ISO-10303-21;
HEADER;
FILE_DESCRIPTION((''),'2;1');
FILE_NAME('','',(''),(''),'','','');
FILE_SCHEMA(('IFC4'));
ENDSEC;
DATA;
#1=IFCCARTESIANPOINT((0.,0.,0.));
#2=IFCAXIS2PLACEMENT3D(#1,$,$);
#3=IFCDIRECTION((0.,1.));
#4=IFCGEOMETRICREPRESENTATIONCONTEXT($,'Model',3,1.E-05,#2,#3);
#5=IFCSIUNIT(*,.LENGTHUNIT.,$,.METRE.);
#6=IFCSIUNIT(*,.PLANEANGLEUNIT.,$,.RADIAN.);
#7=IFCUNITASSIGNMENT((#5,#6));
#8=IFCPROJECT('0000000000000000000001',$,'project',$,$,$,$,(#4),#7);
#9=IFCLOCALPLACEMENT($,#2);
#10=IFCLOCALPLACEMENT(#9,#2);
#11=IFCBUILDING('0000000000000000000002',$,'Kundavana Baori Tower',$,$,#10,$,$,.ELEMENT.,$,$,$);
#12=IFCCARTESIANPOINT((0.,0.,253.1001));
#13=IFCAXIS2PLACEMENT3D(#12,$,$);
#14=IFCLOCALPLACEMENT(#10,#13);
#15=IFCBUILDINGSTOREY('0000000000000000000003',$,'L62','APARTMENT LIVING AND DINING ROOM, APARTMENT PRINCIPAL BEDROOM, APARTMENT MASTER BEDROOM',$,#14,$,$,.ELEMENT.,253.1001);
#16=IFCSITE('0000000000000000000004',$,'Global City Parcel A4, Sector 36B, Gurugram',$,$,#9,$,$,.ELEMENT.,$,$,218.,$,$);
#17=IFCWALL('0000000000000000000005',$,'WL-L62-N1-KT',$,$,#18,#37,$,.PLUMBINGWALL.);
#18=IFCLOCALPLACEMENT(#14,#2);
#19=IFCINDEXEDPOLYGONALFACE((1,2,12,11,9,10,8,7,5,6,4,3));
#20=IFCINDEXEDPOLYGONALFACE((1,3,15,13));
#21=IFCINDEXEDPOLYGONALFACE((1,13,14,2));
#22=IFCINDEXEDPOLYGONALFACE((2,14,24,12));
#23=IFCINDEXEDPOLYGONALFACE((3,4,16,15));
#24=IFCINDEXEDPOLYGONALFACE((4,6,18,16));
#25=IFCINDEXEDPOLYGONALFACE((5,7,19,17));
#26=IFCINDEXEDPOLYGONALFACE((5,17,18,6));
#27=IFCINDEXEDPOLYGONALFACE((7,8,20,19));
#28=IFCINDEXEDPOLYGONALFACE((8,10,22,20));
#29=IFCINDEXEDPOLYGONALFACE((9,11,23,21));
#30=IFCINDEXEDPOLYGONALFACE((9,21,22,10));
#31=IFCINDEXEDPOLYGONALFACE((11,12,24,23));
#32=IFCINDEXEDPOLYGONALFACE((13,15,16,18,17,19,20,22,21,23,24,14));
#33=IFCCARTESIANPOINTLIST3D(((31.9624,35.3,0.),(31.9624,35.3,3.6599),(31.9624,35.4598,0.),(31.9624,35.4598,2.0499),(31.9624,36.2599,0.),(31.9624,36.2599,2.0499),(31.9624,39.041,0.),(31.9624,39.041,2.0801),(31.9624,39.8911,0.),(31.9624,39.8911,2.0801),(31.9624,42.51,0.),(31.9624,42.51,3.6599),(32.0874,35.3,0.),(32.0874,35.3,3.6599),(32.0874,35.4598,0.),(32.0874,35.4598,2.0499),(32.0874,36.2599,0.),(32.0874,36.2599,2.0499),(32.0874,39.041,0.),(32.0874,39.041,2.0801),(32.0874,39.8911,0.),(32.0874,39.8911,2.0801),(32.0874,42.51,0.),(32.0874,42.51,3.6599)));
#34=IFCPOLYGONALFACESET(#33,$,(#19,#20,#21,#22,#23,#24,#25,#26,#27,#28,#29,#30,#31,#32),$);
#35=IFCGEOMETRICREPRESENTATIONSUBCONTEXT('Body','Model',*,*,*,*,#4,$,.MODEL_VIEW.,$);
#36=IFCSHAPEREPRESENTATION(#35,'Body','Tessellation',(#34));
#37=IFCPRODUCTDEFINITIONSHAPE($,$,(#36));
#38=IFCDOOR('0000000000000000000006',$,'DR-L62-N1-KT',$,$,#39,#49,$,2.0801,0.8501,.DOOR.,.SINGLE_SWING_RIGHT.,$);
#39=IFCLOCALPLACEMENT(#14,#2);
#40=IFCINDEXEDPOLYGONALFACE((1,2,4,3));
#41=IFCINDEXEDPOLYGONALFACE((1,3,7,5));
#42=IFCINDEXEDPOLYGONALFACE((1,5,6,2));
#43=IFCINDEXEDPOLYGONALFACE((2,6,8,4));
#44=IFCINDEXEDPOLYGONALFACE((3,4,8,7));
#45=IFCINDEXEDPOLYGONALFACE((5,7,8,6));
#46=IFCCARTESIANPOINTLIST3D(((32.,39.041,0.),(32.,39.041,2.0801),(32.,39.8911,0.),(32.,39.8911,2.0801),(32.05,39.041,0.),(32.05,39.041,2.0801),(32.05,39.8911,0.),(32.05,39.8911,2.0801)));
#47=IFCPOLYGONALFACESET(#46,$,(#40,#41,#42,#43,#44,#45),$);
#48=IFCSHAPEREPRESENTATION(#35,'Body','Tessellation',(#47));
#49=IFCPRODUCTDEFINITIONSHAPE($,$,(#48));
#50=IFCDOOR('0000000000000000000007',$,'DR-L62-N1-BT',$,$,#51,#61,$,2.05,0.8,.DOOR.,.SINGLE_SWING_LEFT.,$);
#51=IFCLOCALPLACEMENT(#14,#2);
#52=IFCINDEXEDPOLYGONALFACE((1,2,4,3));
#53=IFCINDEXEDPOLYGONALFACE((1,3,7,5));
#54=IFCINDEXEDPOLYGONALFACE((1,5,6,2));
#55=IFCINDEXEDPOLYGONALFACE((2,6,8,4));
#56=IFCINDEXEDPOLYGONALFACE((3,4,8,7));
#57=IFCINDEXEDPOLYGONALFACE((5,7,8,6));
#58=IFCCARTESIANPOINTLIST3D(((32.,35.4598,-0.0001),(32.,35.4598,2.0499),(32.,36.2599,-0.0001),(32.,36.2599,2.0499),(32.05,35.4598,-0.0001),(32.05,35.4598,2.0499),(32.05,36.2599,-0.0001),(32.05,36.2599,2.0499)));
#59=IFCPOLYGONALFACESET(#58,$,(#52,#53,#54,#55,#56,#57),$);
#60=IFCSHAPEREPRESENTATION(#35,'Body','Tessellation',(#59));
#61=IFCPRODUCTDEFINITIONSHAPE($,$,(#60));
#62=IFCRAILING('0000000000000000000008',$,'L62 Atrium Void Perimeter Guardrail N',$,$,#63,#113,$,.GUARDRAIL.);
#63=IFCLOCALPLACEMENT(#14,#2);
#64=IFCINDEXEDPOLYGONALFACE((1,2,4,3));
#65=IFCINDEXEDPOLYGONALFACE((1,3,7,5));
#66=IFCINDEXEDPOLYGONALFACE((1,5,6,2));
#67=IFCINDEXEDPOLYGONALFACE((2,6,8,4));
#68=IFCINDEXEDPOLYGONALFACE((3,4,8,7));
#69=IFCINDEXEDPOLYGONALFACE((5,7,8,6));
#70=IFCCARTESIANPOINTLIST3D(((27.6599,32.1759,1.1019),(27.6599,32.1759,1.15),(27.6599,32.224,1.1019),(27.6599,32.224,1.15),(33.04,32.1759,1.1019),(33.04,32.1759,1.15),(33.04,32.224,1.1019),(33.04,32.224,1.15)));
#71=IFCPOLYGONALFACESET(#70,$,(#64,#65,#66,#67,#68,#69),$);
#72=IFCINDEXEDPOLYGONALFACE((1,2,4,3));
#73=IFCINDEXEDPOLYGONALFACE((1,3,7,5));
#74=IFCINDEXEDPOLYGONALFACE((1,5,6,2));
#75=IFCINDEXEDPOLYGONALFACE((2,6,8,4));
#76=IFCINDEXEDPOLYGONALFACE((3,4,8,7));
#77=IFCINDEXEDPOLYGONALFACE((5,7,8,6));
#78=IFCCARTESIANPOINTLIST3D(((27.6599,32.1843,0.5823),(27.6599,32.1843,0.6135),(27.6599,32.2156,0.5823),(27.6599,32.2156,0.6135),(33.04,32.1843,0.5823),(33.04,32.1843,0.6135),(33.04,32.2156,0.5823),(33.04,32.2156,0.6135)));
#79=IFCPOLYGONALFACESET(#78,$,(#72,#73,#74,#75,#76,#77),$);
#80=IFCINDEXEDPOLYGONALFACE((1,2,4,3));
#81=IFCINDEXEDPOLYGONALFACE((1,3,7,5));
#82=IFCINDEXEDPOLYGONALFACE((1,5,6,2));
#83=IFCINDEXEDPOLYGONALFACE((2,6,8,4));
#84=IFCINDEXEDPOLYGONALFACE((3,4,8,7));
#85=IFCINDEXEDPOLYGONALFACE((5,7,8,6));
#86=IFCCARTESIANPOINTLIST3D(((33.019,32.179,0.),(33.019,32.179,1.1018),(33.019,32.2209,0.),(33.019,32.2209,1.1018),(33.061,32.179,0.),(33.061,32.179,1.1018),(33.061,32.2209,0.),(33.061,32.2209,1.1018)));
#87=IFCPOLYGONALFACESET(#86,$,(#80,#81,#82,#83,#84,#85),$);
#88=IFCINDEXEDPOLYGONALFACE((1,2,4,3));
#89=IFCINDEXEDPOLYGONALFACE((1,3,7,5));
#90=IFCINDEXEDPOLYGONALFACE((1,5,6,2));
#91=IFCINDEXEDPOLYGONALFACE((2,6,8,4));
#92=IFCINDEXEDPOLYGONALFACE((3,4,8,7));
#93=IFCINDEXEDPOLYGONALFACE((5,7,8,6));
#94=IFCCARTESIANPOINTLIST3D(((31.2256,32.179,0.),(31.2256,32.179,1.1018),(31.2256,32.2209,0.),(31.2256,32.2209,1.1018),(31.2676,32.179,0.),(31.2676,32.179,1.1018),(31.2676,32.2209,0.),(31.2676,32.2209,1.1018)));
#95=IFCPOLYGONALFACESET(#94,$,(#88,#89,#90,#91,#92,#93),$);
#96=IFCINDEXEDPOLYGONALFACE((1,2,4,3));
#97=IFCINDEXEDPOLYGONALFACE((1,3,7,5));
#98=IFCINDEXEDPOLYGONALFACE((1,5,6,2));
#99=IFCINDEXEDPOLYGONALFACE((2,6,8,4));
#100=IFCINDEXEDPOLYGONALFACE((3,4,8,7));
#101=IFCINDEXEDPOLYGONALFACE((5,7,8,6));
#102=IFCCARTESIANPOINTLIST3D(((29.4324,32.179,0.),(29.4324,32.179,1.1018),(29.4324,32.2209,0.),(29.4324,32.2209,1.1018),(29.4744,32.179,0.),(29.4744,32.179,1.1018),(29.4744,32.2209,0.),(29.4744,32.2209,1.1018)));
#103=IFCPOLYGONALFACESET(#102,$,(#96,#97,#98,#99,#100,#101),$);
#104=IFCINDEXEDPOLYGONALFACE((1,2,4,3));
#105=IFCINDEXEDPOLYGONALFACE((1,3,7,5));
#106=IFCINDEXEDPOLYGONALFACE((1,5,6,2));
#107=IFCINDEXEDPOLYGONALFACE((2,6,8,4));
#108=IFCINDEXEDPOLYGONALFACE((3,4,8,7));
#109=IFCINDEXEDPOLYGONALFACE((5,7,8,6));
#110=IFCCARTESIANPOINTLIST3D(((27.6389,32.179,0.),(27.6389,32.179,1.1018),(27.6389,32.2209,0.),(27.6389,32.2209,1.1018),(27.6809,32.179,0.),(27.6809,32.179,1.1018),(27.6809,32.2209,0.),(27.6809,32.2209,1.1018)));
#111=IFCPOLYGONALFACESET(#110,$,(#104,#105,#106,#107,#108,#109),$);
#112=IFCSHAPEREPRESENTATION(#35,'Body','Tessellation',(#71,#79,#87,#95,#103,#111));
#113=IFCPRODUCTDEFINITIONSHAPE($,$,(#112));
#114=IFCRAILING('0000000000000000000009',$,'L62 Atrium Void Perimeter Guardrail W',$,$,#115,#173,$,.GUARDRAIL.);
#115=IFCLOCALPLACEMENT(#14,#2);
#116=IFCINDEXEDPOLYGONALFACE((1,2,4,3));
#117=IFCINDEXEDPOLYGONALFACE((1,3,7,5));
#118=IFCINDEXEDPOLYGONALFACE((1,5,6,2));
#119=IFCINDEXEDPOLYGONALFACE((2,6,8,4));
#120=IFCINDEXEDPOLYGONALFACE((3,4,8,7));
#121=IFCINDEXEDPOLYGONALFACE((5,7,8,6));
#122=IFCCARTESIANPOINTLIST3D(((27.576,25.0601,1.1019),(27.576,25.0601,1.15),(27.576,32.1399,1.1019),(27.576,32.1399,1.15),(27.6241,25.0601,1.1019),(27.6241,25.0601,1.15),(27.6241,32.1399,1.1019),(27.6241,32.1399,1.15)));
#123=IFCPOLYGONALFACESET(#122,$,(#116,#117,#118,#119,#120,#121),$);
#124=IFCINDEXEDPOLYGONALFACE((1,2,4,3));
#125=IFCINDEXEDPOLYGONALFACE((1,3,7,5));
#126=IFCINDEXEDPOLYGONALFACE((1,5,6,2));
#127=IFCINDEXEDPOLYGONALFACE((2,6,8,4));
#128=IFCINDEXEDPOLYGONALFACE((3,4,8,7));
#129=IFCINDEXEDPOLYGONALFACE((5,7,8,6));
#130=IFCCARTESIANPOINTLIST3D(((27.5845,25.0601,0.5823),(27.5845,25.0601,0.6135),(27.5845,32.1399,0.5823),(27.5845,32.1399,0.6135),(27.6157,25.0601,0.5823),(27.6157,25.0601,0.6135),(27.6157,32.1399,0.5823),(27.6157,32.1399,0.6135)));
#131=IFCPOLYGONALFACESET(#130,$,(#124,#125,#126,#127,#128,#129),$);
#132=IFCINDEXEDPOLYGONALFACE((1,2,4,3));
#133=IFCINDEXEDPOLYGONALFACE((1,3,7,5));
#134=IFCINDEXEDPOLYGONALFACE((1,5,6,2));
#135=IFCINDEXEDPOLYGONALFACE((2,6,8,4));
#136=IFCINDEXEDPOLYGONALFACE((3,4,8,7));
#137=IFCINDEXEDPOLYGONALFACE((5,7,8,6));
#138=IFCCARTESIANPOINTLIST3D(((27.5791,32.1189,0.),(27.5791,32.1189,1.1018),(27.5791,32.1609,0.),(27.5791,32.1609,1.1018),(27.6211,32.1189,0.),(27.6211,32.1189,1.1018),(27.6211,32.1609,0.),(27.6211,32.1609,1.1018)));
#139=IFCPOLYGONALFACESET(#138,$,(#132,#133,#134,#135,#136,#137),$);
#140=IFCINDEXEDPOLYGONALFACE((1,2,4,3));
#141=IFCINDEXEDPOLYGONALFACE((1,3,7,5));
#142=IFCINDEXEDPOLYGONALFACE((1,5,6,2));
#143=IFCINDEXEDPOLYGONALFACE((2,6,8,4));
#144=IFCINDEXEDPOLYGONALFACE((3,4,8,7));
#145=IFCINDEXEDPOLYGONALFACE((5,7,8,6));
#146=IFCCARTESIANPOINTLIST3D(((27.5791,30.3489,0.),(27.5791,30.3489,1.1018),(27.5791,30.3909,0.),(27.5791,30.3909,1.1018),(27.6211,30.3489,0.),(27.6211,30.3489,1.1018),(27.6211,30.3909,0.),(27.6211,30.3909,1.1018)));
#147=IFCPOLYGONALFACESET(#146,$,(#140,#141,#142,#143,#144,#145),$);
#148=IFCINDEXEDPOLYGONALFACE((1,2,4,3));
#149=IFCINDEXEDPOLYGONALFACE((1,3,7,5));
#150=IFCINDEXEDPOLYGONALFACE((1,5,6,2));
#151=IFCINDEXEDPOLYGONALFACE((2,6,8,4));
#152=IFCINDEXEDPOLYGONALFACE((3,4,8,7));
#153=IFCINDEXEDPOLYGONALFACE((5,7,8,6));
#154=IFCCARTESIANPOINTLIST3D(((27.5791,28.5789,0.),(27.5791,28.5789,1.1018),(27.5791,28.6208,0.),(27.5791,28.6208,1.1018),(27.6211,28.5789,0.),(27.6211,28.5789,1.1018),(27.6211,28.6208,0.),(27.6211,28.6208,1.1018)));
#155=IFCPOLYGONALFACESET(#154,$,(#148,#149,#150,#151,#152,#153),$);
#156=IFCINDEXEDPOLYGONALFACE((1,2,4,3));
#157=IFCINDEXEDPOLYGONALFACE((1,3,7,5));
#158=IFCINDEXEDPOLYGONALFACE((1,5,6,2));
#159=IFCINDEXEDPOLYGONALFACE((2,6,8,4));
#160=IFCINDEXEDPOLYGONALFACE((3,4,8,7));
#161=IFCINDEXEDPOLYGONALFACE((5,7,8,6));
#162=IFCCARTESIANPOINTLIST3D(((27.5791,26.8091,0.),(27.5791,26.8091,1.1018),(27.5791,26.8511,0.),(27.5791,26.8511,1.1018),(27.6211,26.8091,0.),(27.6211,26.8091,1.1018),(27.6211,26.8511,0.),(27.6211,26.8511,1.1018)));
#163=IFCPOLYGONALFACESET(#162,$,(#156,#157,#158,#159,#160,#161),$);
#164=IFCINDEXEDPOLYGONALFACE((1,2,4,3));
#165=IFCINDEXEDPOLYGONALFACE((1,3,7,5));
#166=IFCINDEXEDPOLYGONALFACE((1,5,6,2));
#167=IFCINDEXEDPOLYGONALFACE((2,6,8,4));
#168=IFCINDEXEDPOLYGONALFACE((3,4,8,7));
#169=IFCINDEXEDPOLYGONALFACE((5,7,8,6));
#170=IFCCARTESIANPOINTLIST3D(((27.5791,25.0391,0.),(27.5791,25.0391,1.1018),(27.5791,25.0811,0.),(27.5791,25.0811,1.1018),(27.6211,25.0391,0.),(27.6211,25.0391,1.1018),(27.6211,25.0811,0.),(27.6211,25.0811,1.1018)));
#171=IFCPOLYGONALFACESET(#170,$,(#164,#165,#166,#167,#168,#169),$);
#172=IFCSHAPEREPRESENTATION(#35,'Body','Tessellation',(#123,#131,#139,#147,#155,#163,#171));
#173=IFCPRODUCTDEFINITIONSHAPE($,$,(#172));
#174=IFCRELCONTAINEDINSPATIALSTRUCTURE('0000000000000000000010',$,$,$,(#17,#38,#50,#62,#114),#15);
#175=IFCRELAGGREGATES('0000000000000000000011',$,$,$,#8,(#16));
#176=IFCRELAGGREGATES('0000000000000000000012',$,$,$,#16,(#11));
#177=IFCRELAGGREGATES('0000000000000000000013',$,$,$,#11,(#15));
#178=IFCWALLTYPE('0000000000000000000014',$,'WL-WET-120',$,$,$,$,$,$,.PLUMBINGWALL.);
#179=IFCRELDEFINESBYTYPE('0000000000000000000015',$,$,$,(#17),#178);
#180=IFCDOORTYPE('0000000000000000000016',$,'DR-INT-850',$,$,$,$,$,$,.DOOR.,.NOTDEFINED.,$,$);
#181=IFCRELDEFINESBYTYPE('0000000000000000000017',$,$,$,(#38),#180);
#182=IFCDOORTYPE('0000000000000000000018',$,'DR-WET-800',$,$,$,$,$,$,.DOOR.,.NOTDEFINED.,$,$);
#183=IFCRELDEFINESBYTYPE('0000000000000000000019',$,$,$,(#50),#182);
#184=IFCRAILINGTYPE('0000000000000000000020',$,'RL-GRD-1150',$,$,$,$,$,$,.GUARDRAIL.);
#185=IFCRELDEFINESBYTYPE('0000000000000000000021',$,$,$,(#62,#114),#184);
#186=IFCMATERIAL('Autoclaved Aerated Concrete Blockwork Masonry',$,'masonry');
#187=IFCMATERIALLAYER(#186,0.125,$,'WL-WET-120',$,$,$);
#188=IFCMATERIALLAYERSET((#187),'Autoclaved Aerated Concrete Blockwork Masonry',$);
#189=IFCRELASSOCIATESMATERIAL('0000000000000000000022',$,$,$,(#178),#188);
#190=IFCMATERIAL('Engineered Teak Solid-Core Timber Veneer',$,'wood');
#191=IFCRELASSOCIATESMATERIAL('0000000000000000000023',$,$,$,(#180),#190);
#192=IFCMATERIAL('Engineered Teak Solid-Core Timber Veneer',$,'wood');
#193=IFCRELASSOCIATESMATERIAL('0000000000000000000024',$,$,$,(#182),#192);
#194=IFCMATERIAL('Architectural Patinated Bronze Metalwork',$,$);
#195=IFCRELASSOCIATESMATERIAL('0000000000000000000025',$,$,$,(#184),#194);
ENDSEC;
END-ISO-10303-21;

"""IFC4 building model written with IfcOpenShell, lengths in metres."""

from ifc_helpers import new_model, si_unit, direction, frame, frame_2d, origin, origin_2d, place, context, subcontext, project, spatial, rectangle, extrude, material, layer, layer_set, type_object, element, fill, save


model = new_model("IFC4")

# Units and contexts
model_context = context("Model", 3, precision=1e-05, world=origin(), true_north=direction((0.0, 1.0)))
body_context = subcontext(model_context, "Body", "Model", "MODEL_VIEW")
ifc_project = project(units=[si_unit("LENGTHUNIT", "METRE"), si_unit("PLANEANGLEUNIT", "RADIAN")], contexts=[model_context])

# Site, building, storey
site_placement = place(None, origin())
site = spatial("IfcSite", under=ifc_project, at=site_placement, Name="Global City Parcel A4, Sector 36B, Gurugram", CompositionType="ELEMENT", RefElevation=218.0)
building_placement = place(site_placement, origin())
building = spatial("IfcBuilding", under=site, at=building_placement, Name="Kundavana Baori Tower", CompositionType="ELEMENT")
storey_placement = place(building_placement, frame((0.0, 0.0, 253.1001)))
storey = spatial("IfcBuildingStorey", under=building, at=storey_placement, Name="L62", Description="APARTMENT LIVING AND DINING ROOM, APARTMENT PRINCIPAL BEDROOM, APARTMENT MASTER BEDROOM", CompositionType="ELEMENT", Elevation=253.1001)

# Wall, openings, doors
ifc_material_1 = material(Name="Autoclaved Aerated Concrete Blockwork Masonry", Category="masonry")
ifc_layer_1 = layer(ifc_material_1, 0.125, Name="WL-WET-120")
ifc_layer_set_1 = layer_set([ifc_layer_1], Name="Autoclaved Aerated Concrete Blockwork Masonry")
wall_type_1 = type_object("IfcWallType", Name="WL-WET-120", PredefinedType="PLUMBINGWALL", material=ifc_layer_set_1)
wall_1_placement = place(storey_placement, frame((32.0249, 35.3, 0.0), z_axis=(0.0, 0.0, 1.0), x_axis=(0.0, 1.0, 0.0)))
wall_1 = element("IfcWall", 1, at=wall_1_placement, inside=storey, type_object=wall_type_1, Name="WL-L62-N1-KT", PredefinedType="PLUMBINGWALL", context=body_context, shape_type="SweptSolid", body=[
    extrude(rectangle(XDim=7.21, YDim=0.125, at=frame_2d((3.605, 0.0))), origin(), (0.0, 0.0, 1.0), 3.6599),
])
opening_1_placement = place(wall_1_placement, frame((0.1599, 0.0, 0.0)))
opening_1 = element("IfcOpeningElement", 2, at=opening_1_placement, cuts=wall_1, PredefinedType="OPENING", context=body_context, shape_type="SweptSolid", body=[
    extrude(rectangle(XDim=0.8, YDim=2.05, at=frame_2d((0.3999, 1.0249))), frame((0.0, 0.0725, 0.0), z_axis=(0.0, -1.0, 0.0), x_axis=(1.0, 0.0, 0.0)), (0.0, 0.0, 1.0), 0.145),
])
opening_2_placement = place(wall_1_placement, frame((3.741, 0.0, 0.0)))
opening_2 = element("IfcOpeningElement", 3, at=opening_2_placement, cuts=wall_1, PredefinedType="OPENING", context=body_context, shape_type="SweptSolid", body=[
    extrude(rectangle(XDim=0.8501, YDim=2.0801, at=frame_2d((0.425, 1.04))), frame((0.0, 0.0725, 0.0), z_axis=(0.0, -1.0, 0.0), x_axis=(1.0, 0.0, 0.0)), (0.0, 0.0, 1.0), 0.145),
])
ifc_material_2 = material(Name="Engineered Teak Solid-Core Timber Veneer", Category="wood")
door_type_1 = type_object("IfcDoorType", Name="DR-INT-850", OperationType="NOTDEFINED", PredefinedType="DOOR", material=ifc_material_2)
door_1_placement = place(opening_2_placement, origin())
door_1 = element("IfcDoor", 4, at=door_1_placement, inside=storey, type_object=door_type_1, Name="DR-L62-N1-KT", OperationType="SINGLE_SWING_RIGHT", OverallHeight=2.0801, OverallWidth=0.8501, PredefinedType="DOOR", context=body_context, shape_type="SweptSolid", body=[
    extrude(rectangle(XDim=0.8501, YDim=2.0801, at=frame_2d((0.425, 1.04))), frame((0.0, 0.0249, 0.0), z_axis=(0.0, -1.0, 0.0), x_axis=(1.0, 0.0, 0.0)), (0.0, 0.0, 1.0), 0.05),
])
fill(opening_2, door_1)
ifc_material_3 = material(Name="Engineered Teak Solid-Core Timber Veneer", Category="wood")
door_type_2 = type_object("IfcDoorType", Name="DR-WET-800", OperationType="NOTDEFINED", PredefinedType="DOOR", material=ifc_material_3)
door_2_placement = place(opening_1_placement, origin())
door_2 = element("IfcDoor", 5, at=door_2_placement, inside=storey, type_object=door_type_2, Name="DR-L62-N1-BT", OperationType="SINGLE_SWING_LEFT", OverallHeight=2.05, OverallWidth=0.8, PredefinedType="DOOR", context=body_context, shape_type="SweptSolid", body=[
    extrude(rectangle(XDim=0.8, YDim=2.05, at=frame_2d((0.3999, 1.0249))), frame((0.0, 0.0249, 0.0), z_axis=(0.0, -1.0, 0.0), x_axis=(1.0, 0.0, 0.0)), (0.0, 0.0, 1.0), 0.05),
])
fill(opening_1, door_2)

# Railings
ifc_material_4 = material(Name="Architectural Patinated Bronze Metalwork")
railing_type = type_object("IfcRailingType", Name="RL-GRD-1150", PredefinedType="GUARDRAIL", material=ifc_material_4)
railing_1_placement = place(storey_placement, frame((33.04, 32.2, 0.0)))
element("IfcRailing", 6, at=railing_1_placement, inside=storey, type_object=railing_type, Name="L62 Atrium Void Perimeter Guardrail N", PredefinedType="GUARDRAIL", context=body_context, shape_type="SweptSolid", body=[
    extrude(rectangle(XDim=0.0481, YDim=0.0481, at=origin_2d()), frame((0.0, 0.0, 1.126), z_axis=(-1.0, 0.0, 0.0), x_axis=(0.0, -1.0, 0.0)), (0.0, 0.0, 1.0), 5.3801),
    extrude(rectangle(XDim=0.0312, YDim=0.0312, at=origin_2d()), frame((0.0, 0.0, 0.5979), z_axis=(-1.0, 0.0, 0.0), x_axis=(0.0, -1.0, 0.0)), (0.0, 0.0, 1.0), 5.3801),
    extrude(rectangle(XDim=0.042, YDim=0.042, at=origin_2d()), origin(), (0.0, 0.0, 1.0), 1.1018),
    extrude(rectangle(XDim=0.042, YDim=0.042, at=origin_2d()), frame((-1.7935, 0.0, 0.0)), (0.0, 0.0, 1.0), 1.1018),
    extrude(rectangle(XDim=0.042, YDim=0.042, at=origin_2d()), frame((-3.5867, 0.0, 0.0)), (0.0, 0.0, 1.0), 1.1018),
    extrude(rectangle(XDim=0.042, YDim=0.042, at=origin_2d()), frame((-5.3801, 0.0, 0.0)), (0.0, 0.0, 1.0), 1.1018),
])
railing_2_placement = place(storey_placement, frame((27.6001, 32.1399, 0.0)))
element("IfcRailing", 7, at=railing_2_placement, inside=storey, type_object=railing_type, Name="L62 Atrium Void Perimeter Guardrail W", PredefinedType="GUARDRAIL", context=body_context, shape_type="SweptSolid", body=[
    extrude(rectangle(XDim=0.0481, YDim=0.0481, at=origin_2d()), frame((0.0, 0.0, 1.126), z_axis=(0.0, -1.0, 0.0), x_axis=(1.0, 0.0, 0.0)), (0.0, 0.0, 1.0), 7.0798),
    extrude(rectangle(XDim=0.0312, YDim=0.0312, at=origin_2d()), frame((0.0, 0.0, 0.5979), z_axis=(0.0, -1.0, 0.0), x_axis=(1.0, 0.0, 0.0)), (0.0, 0.0, 1.0), 7.0798),
    extrude(rectangle(XDim=0.042, YDim=0.042, at=origin_2d()), origin(), (0.0, 0.0, 1.0), 1.1018),
    extrude(rectangle(XDim=0.042, YDim=0.042, at=origin_2d()), frame((0.0, -1.77, 0.0)), (0.0, 0.0, 1.0), 1.1018),
    extrude(rectangle(XDim=0.042, YDim=0.042, at=origin_2d()), frame((0.0, -3.54, 0.0)), (0.0, 0.0, 1.0), 1.1018),
    extrude(rectangle(XDim=0.042, YDim=0.042, at=origin_2d()), frame((0.0, -5.3098, 0.0)), (0.0, 0.0, 1.0), 1.1018),
    extrude(rectangle(XDim=0.042, YDim=0.042, at=origin_2d()), frame((0.0, -7.0798, 0.0)), (0.0, 0.0, 1.0), 1.1018),
])

save(model, "model.ifc")
